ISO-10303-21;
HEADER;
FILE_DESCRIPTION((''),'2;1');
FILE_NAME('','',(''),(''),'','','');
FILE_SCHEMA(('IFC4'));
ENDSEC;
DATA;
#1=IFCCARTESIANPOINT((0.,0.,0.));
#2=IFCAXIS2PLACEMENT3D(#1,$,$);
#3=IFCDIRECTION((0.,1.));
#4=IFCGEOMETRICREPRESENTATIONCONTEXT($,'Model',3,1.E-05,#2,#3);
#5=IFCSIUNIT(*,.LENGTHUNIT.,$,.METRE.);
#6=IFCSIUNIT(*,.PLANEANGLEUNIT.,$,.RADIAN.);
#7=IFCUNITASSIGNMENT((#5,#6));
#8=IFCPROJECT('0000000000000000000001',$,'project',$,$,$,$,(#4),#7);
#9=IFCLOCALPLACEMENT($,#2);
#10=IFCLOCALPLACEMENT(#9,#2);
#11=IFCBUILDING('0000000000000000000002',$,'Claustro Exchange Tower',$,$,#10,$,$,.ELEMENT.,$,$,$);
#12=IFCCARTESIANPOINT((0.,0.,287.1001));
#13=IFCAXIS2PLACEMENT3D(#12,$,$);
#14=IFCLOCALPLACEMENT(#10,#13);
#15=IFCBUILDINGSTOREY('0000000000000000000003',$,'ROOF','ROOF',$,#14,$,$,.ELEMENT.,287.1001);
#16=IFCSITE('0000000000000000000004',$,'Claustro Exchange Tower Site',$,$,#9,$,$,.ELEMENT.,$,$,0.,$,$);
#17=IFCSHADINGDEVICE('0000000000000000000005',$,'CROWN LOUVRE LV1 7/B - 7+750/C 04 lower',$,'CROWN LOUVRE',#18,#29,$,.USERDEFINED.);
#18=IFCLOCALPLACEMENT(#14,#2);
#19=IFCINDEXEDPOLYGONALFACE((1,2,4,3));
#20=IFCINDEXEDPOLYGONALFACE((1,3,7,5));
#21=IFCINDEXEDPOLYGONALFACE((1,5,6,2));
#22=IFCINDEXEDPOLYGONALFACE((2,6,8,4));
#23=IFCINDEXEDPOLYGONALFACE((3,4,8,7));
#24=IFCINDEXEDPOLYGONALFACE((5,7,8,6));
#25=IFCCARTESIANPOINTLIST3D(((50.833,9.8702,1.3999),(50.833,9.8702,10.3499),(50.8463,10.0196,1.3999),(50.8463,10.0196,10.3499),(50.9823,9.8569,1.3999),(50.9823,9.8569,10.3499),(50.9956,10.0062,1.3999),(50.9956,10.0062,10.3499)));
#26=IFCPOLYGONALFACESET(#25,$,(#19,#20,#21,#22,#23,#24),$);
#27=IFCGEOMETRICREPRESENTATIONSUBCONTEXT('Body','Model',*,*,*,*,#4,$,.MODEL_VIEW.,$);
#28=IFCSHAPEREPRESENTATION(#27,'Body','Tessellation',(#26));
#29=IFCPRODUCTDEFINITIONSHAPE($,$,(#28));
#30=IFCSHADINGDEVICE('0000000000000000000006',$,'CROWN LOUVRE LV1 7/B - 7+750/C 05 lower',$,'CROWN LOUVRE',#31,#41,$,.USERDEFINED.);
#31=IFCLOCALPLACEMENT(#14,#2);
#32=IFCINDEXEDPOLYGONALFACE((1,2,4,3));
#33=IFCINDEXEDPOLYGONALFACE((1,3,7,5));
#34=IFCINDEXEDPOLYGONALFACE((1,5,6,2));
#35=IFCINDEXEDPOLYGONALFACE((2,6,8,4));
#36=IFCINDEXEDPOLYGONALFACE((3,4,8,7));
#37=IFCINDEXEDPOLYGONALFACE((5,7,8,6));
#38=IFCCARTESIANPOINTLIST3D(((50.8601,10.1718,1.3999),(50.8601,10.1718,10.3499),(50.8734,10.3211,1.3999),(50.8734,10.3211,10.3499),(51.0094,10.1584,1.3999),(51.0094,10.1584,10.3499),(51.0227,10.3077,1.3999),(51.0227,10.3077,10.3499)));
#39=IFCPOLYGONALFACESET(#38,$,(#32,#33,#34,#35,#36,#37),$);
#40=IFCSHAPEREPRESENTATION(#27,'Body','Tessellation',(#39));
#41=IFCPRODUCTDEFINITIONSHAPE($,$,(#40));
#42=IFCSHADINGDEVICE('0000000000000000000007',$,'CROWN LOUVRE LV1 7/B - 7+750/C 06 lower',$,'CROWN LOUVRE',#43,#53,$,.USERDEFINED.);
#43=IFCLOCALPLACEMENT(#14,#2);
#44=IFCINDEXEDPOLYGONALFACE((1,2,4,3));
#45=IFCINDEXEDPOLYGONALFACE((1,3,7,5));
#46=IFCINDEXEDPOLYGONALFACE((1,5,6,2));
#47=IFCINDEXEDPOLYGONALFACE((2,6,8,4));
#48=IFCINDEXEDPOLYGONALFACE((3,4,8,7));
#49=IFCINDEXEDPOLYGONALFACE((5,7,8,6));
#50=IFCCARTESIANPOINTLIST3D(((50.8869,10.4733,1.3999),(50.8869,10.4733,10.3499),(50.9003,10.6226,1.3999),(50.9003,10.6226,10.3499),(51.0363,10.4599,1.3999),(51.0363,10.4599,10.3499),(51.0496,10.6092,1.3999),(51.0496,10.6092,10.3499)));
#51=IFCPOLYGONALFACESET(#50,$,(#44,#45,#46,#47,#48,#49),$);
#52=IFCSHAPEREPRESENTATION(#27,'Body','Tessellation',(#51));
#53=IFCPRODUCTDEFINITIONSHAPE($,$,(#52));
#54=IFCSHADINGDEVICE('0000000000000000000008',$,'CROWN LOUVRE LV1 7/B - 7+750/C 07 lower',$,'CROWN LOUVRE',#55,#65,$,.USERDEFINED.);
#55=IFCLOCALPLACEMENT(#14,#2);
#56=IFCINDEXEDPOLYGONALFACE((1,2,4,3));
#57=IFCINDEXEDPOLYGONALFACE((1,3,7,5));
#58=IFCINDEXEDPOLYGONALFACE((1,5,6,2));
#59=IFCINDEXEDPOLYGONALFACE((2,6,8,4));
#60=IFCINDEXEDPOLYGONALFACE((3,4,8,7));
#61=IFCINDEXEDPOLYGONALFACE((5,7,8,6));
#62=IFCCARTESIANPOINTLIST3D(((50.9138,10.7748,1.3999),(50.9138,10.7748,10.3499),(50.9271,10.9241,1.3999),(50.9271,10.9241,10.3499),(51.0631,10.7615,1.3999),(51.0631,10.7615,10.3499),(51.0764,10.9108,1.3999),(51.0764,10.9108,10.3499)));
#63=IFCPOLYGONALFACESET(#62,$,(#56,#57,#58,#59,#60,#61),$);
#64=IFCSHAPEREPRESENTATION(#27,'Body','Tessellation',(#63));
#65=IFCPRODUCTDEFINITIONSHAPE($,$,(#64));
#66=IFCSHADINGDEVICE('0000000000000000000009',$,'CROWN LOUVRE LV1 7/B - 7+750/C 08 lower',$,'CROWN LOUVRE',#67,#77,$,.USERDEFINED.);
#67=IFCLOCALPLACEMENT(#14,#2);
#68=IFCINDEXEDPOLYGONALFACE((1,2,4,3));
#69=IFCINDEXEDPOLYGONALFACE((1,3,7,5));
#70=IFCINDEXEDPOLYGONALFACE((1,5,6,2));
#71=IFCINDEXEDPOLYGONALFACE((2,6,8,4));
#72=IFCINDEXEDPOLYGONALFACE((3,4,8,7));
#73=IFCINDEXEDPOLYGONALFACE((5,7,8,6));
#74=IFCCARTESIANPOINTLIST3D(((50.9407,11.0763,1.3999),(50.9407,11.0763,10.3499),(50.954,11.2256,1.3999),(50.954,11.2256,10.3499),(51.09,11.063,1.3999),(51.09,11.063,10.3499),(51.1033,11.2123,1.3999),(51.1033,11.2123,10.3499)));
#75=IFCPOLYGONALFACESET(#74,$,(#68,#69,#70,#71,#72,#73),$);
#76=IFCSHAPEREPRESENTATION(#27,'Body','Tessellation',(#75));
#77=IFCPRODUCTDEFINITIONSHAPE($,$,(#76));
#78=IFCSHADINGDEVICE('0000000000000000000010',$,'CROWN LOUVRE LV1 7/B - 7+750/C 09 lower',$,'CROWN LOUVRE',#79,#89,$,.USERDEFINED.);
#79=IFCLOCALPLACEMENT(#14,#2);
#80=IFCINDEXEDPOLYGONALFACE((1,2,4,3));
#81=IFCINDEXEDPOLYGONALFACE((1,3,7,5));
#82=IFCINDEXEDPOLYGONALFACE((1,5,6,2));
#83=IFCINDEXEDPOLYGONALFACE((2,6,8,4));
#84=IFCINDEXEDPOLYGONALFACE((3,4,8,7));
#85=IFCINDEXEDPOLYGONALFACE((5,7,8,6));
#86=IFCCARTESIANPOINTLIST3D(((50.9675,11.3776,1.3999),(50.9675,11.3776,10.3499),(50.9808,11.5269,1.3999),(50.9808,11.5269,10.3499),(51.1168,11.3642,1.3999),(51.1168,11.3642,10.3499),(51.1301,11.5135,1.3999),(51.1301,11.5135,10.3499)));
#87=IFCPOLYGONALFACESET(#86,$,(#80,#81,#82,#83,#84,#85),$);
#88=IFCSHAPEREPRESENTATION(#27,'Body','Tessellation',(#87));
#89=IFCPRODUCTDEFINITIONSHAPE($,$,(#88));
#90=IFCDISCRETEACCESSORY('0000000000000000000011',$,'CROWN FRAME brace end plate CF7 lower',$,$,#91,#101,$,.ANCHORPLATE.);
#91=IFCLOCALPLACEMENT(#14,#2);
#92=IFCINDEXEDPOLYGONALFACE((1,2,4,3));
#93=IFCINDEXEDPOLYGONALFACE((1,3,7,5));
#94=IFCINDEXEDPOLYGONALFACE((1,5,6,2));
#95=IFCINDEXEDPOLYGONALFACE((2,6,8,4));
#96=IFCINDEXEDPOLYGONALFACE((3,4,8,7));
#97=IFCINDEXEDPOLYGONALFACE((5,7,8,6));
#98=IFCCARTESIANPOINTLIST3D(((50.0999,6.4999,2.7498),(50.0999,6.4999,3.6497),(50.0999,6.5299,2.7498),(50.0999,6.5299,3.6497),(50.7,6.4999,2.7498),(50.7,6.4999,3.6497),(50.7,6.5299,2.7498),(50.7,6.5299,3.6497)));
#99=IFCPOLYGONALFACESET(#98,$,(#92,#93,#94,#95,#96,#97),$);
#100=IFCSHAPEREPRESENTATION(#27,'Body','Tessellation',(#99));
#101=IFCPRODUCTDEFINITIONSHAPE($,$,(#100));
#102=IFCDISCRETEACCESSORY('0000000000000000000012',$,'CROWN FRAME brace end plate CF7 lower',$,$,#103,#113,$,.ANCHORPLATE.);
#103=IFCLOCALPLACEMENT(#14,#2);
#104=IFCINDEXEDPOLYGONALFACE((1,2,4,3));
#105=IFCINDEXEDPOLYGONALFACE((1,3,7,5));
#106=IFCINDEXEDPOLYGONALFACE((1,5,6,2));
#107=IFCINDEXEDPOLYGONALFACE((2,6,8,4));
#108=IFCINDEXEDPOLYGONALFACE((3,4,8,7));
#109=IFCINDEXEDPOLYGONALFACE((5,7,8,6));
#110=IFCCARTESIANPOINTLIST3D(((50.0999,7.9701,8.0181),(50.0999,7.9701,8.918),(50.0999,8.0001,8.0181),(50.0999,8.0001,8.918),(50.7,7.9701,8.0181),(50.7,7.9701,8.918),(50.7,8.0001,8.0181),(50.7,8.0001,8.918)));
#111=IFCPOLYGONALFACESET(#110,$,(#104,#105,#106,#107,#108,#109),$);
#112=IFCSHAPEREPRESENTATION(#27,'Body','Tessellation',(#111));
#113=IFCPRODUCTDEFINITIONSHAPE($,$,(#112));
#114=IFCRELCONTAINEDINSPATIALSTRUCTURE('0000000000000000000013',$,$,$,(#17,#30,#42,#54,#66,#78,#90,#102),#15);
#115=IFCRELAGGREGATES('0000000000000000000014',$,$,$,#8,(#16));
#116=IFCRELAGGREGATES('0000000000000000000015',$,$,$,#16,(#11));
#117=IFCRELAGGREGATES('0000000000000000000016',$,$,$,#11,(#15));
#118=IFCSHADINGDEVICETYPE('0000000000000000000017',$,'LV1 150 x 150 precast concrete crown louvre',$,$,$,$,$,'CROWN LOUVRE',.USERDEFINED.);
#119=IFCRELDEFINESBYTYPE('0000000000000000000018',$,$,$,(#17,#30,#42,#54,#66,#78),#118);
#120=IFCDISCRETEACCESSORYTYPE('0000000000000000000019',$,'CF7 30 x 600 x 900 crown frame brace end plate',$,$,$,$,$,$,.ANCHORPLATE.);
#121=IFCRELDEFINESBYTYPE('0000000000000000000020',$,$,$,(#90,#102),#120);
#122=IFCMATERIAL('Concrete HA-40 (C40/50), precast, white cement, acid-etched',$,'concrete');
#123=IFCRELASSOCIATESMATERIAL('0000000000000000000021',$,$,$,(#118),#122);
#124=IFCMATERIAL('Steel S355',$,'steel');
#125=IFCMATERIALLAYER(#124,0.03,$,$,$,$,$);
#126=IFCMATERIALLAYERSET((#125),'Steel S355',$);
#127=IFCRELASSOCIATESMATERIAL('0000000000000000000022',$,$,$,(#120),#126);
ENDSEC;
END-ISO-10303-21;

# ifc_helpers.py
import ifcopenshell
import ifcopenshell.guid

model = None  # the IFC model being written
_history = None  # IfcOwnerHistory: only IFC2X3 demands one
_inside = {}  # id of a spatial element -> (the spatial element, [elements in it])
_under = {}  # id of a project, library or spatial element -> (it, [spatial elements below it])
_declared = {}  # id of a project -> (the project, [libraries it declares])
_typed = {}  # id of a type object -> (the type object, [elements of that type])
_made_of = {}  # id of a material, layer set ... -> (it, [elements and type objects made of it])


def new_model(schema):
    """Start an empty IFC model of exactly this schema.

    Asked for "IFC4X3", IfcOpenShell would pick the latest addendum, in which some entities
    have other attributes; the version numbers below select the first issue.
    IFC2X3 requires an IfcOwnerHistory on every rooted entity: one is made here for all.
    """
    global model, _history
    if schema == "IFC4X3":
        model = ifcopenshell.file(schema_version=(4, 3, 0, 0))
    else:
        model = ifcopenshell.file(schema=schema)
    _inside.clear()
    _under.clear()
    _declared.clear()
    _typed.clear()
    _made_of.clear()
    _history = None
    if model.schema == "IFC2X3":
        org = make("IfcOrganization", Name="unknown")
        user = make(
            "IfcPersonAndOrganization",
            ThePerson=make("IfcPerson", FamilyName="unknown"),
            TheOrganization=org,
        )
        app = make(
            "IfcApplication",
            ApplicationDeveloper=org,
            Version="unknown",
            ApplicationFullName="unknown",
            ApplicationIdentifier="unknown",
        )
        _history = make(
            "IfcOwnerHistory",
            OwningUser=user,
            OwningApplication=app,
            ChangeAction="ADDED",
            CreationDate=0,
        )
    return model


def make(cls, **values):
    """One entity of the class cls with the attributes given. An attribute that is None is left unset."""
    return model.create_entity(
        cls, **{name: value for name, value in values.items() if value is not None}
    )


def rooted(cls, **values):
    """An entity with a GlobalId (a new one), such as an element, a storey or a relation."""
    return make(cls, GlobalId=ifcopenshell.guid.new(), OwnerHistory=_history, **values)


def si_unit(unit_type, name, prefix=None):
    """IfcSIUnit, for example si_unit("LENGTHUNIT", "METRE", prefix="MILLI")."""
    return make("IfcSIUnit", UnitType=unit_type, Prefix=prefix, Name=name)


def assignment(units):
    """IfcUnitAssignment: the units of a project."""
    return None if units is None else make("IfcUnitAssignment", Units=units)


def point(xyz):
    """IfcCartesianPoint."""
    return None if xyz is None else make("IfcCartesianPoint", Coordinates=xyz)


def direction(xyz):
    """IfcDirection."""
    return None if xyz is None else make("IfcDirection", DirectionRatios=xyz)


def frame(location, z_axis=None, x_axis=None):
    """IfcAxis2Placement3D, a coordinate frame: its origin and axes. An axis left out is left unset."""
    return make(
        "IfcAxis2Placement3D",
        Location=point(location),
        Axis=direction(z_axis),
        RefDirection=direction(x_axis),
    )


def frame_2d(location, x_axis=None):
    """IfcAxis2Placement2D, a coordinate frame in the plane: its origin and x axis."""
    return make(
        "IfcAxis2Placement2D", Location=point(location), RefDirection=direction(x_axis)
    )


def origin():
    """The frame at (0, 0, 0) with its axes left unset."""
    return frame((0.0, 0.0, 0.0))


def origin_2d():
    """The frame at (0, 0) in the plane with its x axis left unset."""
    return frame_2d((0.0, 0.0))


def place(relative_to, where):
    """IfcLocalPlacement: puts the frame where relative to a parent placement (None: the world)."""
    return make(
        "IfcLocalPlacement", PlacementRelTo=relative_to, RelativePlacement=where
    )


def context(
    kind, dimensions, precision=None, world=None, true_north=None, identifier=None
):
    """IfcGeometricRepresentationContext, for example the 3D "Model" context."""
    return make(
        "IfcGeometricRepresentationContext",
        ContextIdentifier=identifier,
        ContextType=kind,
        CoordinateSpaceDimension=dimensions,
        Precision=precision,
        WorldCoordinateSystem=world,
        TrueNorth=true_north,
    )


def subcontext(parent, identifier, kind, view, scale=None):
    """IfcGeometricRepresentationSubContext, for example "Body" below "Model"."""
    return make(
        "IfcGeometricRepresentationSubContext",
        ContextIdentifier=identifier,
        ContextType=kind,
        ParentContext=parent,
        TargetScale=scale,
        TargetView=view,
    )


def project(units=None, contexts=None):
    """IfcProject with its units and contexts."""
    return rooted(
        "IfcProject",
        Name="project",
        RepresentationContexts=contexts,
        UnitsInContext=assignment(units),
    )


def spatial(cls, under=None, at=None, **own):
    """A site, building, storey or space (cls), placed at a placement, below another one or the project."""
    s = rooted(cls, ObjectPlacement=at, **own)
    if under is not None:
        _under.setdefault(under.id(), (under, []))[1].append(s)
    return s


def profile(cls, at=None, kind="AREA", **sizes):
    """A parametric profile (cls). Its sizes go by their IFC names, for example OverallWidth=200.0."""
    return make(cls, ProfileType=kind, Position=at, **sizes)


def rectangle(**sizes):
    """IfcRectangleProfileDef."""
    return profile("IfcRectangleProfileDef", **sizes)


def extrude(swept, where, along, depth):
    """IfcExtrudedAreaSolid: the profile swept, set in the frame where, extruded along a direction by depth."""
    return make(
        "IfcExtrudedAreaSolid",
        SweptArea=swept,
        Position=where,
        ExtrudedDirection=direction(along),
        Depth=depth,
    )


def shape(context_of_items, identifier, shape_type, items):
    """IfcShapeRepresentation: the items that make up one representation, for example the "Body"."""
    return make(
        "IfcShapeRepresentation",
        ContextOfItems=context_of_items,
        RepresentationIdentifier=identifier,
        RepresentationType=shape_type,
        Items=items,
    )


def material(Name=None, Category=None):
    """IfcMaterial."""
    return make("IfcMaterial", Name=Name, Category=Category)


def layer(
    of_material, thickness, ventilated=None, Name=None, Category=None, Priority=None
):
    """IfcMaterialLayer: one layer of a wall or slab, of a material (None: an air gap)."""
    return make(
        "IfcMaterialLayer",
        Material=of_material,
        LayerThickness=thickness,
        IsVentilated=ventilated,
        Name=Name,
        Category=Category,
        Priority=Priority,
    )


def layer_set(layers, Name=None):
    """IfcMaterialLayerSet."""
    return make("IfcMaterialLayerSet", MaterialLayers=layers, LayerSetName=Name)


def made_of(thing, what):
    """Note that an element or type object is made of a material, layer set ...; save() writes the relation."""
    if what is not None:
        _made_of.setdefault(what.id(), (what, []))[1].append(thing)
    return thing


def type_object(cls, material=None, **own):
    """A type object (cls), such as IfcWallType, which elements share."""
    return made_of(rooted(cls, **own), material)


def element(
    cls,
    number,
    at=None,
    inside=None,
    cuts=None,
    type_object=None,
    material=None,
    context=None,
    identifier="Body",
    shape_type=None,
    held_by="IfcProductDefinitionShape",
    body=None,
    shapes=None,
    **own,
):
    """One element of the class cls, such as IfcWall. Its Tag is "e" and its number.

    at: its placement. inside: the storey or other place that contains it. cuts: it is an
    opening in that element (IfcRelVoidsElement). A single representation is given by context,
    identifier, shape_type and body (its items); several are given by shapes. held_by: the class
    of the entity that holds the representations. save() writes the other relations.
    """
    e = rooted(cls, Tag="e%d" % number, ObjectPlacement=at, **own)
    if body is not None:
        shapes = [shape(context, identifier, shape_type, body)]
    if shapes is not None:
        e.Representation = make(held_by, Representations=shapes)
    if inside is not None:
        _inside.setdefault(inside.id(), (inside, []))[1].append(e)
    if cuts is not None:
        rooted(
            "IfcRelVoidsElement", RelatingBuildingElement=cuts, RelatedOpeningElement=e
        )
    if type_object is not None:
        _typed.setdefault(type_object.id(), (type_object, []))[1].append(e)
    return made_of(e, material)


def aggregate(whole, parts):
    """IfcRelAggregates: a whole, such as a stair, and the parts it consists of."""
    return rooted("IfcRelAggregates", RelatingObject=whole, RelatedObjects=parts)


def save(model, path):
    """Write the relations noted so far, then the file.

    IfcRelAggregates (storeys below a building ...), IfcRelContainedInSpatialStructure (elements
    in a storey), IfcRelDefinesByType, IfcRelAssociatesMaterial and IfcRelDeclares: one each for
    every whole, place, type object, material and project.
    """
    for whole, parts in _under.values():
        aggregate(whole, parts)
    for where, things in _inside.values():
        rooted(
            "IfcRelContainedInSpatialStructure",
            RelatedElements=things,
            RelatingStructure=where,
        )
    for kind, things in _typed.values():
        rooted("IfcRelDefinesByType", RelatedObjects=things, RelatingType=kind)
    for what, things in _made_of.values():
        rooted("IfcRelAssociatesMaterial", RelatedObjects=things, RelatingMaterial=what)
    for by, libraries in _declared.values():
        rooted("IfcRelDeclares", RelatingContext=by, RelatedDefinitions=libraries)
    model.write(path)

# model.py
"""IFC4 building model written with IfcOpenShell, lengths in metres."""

from ifc_helpers import new_model, si_unit, direction, frame, origin, origin_2d, place, context, subcontext, project, spatial, rectangle, extrude, material, layer, layer_set, type_object, element, save


model = new_model("IFC4")

# Units and contexts
model_context = context("Model", 3, precision=1e-05, world=origin(), true_north=direction((0.0, 1.0)))
body_context = subcontext(model_context, "Body", "Model", "MODEL_VIEW")
ifc_project = project(units=[si_unit("LENGTHUNIT", "METRE"), si_unit("PLANEANGLEUNIT", "RADIAN")], contexts=[model_context])

# Site, building, storey
site_placement = place(None, origin())
site = spatial("IfcSite", under=ifc_project, at=site_placement, Name="Claustro Exchange Tower Site", CompositionType="ELEMENT", RefElevation=0.0)
building_placement = place(site_placement, origin())
building = spatial("IfcBuilding", under=site, at=building_placement, Name="Claustro Exchange Tower", CompositionType="ELEMENT")
storey_placement = place(building_placement, frame((0.0, 0.0, 287.1001)))
storey = spatial("IfcBuildingStorey", under=building, at=storey_placement, Name="ROOF", Description="ROOF", CompositionType="ELEMENT", Elevation=287.1001)

# Shading devices
ifc_material_1 = material(Name="Concrete HA-40 (C40/50), precast, white cement, acid-etched", Category="concrete")
shading_device_type = type_object("IfcShadingDeviceType", Name="LV1 150 x 150 precast concrete crown louvre", ElementType="CROWN LOUVRE", PredefinedType="USERDEFINED", material=ifc_material_1)
for number, where, z_axis, x_axis, name in (
    (1, (50.9143, 9.9382, 1.3999), (0.0, 0.0, 1.0), (0.088933, 0.996038, 0.0), "CROWN LOUVRE LV1 7/B - 7+750/C 04 lower"),
    (2, (50.9414, 10.2397, 1.3999), (0.0, 0.0, 1.0), (0.088933, 0.996038, 0.0), "CROWN LOUVRE LV1 7/B - 7+750/C 05 lower"),
    (3, (50.9683, 10.5413, 1.3999), (0.0, 0.0, 1.0), (0.088933, 0.996038, 0.0), "CROWN LOUVRE LV1 7/B - 7+750/C 06 lower"),
    (4, (50.9951, 10.8428, 1.3999), (0.0, 0.0, 1.0), (0.088933, 0.996038, 0.0), "CROWN LOUVRE LV1 7/B - 7+750/C 07 lower"),
    (5, (51.022, 11.1443, 1.3999), (0.0, 0.0, 1.0), (0.088933, 0.996038, 0.0), "CROWN LOUVRE LV1 7/B - 7+750/C 08 lower"),
    (6, (51.0488, 11.4456, 1.3999), (0.0, 0.0, 1.0), (0.088933, 0.996038, 0.0), "CROWN LOUVRE LV1 7/B - 7+750/C 09 lower"),
):
    element("IfcShadingDevice", number, at=place(storey_placement, frame(where, z_axis=z_axis, x_axis=x_axis)), inside=storey, type_object=shading_device_type, Name=name, ObjectType="CROWN LOUVRE", PredefinedType="USERDEFINED", context=body_context, shape_type="SweptSolid", body=[
        extrude(rectangle(XDim=0.1499, YDim=0.1499, at=origin_2d()), origin(), (0.0, 0.0, 1.0), 8.95),
    ])

# Discrete accessories
ifc_material_2 = material(Name="Steel S355", Category="steel")
ifc_layer = layer(ifc_material_2, 0.03)
ifc_layer_set = layer_set([ifc_layer], Name="Steel S355")
discrete_accessory_type = type_object("IfcDiscreteAccessoryType", Name="CF7 30 x 600 x 900 crown frame brace end plate", PredefinedType="ANCHORPLATE", material=ifc_layer_set)
for number, where, z_axis, x_axis, name in (
    (7, (50.3999, 6.5149, 2.7498), (0.0, 0.0, 1.0), (0.0, 1.0, 0.0), "CROWN FRAME brace end plate CF7 lower"),
    (8, (50.3999, 7.9851, 8.0181), (0.0, 0.0, 1.0), (0.0, 1.0, 0.0), "CROWN FRAME brace end plate CF7 lower"),
):
    element("IfcDiscreteAccessory", number, at=place(storey_placement, frame(where, z_axis=z_axis, x_axis=x_axis)), inside=storey, type_object=discrete_accessory_type, Name=name, PredefinedType="ANCHORPLATE", context=body_context, shape_type="SweptSolid", body=[
        extrude(rectangle(XDim=0.03, YDim=0.6001, at=origin_2d()), origin(), (0.0, 0.0, 1.0), 0.8999),
    ])

save(model, "model.ifc")
